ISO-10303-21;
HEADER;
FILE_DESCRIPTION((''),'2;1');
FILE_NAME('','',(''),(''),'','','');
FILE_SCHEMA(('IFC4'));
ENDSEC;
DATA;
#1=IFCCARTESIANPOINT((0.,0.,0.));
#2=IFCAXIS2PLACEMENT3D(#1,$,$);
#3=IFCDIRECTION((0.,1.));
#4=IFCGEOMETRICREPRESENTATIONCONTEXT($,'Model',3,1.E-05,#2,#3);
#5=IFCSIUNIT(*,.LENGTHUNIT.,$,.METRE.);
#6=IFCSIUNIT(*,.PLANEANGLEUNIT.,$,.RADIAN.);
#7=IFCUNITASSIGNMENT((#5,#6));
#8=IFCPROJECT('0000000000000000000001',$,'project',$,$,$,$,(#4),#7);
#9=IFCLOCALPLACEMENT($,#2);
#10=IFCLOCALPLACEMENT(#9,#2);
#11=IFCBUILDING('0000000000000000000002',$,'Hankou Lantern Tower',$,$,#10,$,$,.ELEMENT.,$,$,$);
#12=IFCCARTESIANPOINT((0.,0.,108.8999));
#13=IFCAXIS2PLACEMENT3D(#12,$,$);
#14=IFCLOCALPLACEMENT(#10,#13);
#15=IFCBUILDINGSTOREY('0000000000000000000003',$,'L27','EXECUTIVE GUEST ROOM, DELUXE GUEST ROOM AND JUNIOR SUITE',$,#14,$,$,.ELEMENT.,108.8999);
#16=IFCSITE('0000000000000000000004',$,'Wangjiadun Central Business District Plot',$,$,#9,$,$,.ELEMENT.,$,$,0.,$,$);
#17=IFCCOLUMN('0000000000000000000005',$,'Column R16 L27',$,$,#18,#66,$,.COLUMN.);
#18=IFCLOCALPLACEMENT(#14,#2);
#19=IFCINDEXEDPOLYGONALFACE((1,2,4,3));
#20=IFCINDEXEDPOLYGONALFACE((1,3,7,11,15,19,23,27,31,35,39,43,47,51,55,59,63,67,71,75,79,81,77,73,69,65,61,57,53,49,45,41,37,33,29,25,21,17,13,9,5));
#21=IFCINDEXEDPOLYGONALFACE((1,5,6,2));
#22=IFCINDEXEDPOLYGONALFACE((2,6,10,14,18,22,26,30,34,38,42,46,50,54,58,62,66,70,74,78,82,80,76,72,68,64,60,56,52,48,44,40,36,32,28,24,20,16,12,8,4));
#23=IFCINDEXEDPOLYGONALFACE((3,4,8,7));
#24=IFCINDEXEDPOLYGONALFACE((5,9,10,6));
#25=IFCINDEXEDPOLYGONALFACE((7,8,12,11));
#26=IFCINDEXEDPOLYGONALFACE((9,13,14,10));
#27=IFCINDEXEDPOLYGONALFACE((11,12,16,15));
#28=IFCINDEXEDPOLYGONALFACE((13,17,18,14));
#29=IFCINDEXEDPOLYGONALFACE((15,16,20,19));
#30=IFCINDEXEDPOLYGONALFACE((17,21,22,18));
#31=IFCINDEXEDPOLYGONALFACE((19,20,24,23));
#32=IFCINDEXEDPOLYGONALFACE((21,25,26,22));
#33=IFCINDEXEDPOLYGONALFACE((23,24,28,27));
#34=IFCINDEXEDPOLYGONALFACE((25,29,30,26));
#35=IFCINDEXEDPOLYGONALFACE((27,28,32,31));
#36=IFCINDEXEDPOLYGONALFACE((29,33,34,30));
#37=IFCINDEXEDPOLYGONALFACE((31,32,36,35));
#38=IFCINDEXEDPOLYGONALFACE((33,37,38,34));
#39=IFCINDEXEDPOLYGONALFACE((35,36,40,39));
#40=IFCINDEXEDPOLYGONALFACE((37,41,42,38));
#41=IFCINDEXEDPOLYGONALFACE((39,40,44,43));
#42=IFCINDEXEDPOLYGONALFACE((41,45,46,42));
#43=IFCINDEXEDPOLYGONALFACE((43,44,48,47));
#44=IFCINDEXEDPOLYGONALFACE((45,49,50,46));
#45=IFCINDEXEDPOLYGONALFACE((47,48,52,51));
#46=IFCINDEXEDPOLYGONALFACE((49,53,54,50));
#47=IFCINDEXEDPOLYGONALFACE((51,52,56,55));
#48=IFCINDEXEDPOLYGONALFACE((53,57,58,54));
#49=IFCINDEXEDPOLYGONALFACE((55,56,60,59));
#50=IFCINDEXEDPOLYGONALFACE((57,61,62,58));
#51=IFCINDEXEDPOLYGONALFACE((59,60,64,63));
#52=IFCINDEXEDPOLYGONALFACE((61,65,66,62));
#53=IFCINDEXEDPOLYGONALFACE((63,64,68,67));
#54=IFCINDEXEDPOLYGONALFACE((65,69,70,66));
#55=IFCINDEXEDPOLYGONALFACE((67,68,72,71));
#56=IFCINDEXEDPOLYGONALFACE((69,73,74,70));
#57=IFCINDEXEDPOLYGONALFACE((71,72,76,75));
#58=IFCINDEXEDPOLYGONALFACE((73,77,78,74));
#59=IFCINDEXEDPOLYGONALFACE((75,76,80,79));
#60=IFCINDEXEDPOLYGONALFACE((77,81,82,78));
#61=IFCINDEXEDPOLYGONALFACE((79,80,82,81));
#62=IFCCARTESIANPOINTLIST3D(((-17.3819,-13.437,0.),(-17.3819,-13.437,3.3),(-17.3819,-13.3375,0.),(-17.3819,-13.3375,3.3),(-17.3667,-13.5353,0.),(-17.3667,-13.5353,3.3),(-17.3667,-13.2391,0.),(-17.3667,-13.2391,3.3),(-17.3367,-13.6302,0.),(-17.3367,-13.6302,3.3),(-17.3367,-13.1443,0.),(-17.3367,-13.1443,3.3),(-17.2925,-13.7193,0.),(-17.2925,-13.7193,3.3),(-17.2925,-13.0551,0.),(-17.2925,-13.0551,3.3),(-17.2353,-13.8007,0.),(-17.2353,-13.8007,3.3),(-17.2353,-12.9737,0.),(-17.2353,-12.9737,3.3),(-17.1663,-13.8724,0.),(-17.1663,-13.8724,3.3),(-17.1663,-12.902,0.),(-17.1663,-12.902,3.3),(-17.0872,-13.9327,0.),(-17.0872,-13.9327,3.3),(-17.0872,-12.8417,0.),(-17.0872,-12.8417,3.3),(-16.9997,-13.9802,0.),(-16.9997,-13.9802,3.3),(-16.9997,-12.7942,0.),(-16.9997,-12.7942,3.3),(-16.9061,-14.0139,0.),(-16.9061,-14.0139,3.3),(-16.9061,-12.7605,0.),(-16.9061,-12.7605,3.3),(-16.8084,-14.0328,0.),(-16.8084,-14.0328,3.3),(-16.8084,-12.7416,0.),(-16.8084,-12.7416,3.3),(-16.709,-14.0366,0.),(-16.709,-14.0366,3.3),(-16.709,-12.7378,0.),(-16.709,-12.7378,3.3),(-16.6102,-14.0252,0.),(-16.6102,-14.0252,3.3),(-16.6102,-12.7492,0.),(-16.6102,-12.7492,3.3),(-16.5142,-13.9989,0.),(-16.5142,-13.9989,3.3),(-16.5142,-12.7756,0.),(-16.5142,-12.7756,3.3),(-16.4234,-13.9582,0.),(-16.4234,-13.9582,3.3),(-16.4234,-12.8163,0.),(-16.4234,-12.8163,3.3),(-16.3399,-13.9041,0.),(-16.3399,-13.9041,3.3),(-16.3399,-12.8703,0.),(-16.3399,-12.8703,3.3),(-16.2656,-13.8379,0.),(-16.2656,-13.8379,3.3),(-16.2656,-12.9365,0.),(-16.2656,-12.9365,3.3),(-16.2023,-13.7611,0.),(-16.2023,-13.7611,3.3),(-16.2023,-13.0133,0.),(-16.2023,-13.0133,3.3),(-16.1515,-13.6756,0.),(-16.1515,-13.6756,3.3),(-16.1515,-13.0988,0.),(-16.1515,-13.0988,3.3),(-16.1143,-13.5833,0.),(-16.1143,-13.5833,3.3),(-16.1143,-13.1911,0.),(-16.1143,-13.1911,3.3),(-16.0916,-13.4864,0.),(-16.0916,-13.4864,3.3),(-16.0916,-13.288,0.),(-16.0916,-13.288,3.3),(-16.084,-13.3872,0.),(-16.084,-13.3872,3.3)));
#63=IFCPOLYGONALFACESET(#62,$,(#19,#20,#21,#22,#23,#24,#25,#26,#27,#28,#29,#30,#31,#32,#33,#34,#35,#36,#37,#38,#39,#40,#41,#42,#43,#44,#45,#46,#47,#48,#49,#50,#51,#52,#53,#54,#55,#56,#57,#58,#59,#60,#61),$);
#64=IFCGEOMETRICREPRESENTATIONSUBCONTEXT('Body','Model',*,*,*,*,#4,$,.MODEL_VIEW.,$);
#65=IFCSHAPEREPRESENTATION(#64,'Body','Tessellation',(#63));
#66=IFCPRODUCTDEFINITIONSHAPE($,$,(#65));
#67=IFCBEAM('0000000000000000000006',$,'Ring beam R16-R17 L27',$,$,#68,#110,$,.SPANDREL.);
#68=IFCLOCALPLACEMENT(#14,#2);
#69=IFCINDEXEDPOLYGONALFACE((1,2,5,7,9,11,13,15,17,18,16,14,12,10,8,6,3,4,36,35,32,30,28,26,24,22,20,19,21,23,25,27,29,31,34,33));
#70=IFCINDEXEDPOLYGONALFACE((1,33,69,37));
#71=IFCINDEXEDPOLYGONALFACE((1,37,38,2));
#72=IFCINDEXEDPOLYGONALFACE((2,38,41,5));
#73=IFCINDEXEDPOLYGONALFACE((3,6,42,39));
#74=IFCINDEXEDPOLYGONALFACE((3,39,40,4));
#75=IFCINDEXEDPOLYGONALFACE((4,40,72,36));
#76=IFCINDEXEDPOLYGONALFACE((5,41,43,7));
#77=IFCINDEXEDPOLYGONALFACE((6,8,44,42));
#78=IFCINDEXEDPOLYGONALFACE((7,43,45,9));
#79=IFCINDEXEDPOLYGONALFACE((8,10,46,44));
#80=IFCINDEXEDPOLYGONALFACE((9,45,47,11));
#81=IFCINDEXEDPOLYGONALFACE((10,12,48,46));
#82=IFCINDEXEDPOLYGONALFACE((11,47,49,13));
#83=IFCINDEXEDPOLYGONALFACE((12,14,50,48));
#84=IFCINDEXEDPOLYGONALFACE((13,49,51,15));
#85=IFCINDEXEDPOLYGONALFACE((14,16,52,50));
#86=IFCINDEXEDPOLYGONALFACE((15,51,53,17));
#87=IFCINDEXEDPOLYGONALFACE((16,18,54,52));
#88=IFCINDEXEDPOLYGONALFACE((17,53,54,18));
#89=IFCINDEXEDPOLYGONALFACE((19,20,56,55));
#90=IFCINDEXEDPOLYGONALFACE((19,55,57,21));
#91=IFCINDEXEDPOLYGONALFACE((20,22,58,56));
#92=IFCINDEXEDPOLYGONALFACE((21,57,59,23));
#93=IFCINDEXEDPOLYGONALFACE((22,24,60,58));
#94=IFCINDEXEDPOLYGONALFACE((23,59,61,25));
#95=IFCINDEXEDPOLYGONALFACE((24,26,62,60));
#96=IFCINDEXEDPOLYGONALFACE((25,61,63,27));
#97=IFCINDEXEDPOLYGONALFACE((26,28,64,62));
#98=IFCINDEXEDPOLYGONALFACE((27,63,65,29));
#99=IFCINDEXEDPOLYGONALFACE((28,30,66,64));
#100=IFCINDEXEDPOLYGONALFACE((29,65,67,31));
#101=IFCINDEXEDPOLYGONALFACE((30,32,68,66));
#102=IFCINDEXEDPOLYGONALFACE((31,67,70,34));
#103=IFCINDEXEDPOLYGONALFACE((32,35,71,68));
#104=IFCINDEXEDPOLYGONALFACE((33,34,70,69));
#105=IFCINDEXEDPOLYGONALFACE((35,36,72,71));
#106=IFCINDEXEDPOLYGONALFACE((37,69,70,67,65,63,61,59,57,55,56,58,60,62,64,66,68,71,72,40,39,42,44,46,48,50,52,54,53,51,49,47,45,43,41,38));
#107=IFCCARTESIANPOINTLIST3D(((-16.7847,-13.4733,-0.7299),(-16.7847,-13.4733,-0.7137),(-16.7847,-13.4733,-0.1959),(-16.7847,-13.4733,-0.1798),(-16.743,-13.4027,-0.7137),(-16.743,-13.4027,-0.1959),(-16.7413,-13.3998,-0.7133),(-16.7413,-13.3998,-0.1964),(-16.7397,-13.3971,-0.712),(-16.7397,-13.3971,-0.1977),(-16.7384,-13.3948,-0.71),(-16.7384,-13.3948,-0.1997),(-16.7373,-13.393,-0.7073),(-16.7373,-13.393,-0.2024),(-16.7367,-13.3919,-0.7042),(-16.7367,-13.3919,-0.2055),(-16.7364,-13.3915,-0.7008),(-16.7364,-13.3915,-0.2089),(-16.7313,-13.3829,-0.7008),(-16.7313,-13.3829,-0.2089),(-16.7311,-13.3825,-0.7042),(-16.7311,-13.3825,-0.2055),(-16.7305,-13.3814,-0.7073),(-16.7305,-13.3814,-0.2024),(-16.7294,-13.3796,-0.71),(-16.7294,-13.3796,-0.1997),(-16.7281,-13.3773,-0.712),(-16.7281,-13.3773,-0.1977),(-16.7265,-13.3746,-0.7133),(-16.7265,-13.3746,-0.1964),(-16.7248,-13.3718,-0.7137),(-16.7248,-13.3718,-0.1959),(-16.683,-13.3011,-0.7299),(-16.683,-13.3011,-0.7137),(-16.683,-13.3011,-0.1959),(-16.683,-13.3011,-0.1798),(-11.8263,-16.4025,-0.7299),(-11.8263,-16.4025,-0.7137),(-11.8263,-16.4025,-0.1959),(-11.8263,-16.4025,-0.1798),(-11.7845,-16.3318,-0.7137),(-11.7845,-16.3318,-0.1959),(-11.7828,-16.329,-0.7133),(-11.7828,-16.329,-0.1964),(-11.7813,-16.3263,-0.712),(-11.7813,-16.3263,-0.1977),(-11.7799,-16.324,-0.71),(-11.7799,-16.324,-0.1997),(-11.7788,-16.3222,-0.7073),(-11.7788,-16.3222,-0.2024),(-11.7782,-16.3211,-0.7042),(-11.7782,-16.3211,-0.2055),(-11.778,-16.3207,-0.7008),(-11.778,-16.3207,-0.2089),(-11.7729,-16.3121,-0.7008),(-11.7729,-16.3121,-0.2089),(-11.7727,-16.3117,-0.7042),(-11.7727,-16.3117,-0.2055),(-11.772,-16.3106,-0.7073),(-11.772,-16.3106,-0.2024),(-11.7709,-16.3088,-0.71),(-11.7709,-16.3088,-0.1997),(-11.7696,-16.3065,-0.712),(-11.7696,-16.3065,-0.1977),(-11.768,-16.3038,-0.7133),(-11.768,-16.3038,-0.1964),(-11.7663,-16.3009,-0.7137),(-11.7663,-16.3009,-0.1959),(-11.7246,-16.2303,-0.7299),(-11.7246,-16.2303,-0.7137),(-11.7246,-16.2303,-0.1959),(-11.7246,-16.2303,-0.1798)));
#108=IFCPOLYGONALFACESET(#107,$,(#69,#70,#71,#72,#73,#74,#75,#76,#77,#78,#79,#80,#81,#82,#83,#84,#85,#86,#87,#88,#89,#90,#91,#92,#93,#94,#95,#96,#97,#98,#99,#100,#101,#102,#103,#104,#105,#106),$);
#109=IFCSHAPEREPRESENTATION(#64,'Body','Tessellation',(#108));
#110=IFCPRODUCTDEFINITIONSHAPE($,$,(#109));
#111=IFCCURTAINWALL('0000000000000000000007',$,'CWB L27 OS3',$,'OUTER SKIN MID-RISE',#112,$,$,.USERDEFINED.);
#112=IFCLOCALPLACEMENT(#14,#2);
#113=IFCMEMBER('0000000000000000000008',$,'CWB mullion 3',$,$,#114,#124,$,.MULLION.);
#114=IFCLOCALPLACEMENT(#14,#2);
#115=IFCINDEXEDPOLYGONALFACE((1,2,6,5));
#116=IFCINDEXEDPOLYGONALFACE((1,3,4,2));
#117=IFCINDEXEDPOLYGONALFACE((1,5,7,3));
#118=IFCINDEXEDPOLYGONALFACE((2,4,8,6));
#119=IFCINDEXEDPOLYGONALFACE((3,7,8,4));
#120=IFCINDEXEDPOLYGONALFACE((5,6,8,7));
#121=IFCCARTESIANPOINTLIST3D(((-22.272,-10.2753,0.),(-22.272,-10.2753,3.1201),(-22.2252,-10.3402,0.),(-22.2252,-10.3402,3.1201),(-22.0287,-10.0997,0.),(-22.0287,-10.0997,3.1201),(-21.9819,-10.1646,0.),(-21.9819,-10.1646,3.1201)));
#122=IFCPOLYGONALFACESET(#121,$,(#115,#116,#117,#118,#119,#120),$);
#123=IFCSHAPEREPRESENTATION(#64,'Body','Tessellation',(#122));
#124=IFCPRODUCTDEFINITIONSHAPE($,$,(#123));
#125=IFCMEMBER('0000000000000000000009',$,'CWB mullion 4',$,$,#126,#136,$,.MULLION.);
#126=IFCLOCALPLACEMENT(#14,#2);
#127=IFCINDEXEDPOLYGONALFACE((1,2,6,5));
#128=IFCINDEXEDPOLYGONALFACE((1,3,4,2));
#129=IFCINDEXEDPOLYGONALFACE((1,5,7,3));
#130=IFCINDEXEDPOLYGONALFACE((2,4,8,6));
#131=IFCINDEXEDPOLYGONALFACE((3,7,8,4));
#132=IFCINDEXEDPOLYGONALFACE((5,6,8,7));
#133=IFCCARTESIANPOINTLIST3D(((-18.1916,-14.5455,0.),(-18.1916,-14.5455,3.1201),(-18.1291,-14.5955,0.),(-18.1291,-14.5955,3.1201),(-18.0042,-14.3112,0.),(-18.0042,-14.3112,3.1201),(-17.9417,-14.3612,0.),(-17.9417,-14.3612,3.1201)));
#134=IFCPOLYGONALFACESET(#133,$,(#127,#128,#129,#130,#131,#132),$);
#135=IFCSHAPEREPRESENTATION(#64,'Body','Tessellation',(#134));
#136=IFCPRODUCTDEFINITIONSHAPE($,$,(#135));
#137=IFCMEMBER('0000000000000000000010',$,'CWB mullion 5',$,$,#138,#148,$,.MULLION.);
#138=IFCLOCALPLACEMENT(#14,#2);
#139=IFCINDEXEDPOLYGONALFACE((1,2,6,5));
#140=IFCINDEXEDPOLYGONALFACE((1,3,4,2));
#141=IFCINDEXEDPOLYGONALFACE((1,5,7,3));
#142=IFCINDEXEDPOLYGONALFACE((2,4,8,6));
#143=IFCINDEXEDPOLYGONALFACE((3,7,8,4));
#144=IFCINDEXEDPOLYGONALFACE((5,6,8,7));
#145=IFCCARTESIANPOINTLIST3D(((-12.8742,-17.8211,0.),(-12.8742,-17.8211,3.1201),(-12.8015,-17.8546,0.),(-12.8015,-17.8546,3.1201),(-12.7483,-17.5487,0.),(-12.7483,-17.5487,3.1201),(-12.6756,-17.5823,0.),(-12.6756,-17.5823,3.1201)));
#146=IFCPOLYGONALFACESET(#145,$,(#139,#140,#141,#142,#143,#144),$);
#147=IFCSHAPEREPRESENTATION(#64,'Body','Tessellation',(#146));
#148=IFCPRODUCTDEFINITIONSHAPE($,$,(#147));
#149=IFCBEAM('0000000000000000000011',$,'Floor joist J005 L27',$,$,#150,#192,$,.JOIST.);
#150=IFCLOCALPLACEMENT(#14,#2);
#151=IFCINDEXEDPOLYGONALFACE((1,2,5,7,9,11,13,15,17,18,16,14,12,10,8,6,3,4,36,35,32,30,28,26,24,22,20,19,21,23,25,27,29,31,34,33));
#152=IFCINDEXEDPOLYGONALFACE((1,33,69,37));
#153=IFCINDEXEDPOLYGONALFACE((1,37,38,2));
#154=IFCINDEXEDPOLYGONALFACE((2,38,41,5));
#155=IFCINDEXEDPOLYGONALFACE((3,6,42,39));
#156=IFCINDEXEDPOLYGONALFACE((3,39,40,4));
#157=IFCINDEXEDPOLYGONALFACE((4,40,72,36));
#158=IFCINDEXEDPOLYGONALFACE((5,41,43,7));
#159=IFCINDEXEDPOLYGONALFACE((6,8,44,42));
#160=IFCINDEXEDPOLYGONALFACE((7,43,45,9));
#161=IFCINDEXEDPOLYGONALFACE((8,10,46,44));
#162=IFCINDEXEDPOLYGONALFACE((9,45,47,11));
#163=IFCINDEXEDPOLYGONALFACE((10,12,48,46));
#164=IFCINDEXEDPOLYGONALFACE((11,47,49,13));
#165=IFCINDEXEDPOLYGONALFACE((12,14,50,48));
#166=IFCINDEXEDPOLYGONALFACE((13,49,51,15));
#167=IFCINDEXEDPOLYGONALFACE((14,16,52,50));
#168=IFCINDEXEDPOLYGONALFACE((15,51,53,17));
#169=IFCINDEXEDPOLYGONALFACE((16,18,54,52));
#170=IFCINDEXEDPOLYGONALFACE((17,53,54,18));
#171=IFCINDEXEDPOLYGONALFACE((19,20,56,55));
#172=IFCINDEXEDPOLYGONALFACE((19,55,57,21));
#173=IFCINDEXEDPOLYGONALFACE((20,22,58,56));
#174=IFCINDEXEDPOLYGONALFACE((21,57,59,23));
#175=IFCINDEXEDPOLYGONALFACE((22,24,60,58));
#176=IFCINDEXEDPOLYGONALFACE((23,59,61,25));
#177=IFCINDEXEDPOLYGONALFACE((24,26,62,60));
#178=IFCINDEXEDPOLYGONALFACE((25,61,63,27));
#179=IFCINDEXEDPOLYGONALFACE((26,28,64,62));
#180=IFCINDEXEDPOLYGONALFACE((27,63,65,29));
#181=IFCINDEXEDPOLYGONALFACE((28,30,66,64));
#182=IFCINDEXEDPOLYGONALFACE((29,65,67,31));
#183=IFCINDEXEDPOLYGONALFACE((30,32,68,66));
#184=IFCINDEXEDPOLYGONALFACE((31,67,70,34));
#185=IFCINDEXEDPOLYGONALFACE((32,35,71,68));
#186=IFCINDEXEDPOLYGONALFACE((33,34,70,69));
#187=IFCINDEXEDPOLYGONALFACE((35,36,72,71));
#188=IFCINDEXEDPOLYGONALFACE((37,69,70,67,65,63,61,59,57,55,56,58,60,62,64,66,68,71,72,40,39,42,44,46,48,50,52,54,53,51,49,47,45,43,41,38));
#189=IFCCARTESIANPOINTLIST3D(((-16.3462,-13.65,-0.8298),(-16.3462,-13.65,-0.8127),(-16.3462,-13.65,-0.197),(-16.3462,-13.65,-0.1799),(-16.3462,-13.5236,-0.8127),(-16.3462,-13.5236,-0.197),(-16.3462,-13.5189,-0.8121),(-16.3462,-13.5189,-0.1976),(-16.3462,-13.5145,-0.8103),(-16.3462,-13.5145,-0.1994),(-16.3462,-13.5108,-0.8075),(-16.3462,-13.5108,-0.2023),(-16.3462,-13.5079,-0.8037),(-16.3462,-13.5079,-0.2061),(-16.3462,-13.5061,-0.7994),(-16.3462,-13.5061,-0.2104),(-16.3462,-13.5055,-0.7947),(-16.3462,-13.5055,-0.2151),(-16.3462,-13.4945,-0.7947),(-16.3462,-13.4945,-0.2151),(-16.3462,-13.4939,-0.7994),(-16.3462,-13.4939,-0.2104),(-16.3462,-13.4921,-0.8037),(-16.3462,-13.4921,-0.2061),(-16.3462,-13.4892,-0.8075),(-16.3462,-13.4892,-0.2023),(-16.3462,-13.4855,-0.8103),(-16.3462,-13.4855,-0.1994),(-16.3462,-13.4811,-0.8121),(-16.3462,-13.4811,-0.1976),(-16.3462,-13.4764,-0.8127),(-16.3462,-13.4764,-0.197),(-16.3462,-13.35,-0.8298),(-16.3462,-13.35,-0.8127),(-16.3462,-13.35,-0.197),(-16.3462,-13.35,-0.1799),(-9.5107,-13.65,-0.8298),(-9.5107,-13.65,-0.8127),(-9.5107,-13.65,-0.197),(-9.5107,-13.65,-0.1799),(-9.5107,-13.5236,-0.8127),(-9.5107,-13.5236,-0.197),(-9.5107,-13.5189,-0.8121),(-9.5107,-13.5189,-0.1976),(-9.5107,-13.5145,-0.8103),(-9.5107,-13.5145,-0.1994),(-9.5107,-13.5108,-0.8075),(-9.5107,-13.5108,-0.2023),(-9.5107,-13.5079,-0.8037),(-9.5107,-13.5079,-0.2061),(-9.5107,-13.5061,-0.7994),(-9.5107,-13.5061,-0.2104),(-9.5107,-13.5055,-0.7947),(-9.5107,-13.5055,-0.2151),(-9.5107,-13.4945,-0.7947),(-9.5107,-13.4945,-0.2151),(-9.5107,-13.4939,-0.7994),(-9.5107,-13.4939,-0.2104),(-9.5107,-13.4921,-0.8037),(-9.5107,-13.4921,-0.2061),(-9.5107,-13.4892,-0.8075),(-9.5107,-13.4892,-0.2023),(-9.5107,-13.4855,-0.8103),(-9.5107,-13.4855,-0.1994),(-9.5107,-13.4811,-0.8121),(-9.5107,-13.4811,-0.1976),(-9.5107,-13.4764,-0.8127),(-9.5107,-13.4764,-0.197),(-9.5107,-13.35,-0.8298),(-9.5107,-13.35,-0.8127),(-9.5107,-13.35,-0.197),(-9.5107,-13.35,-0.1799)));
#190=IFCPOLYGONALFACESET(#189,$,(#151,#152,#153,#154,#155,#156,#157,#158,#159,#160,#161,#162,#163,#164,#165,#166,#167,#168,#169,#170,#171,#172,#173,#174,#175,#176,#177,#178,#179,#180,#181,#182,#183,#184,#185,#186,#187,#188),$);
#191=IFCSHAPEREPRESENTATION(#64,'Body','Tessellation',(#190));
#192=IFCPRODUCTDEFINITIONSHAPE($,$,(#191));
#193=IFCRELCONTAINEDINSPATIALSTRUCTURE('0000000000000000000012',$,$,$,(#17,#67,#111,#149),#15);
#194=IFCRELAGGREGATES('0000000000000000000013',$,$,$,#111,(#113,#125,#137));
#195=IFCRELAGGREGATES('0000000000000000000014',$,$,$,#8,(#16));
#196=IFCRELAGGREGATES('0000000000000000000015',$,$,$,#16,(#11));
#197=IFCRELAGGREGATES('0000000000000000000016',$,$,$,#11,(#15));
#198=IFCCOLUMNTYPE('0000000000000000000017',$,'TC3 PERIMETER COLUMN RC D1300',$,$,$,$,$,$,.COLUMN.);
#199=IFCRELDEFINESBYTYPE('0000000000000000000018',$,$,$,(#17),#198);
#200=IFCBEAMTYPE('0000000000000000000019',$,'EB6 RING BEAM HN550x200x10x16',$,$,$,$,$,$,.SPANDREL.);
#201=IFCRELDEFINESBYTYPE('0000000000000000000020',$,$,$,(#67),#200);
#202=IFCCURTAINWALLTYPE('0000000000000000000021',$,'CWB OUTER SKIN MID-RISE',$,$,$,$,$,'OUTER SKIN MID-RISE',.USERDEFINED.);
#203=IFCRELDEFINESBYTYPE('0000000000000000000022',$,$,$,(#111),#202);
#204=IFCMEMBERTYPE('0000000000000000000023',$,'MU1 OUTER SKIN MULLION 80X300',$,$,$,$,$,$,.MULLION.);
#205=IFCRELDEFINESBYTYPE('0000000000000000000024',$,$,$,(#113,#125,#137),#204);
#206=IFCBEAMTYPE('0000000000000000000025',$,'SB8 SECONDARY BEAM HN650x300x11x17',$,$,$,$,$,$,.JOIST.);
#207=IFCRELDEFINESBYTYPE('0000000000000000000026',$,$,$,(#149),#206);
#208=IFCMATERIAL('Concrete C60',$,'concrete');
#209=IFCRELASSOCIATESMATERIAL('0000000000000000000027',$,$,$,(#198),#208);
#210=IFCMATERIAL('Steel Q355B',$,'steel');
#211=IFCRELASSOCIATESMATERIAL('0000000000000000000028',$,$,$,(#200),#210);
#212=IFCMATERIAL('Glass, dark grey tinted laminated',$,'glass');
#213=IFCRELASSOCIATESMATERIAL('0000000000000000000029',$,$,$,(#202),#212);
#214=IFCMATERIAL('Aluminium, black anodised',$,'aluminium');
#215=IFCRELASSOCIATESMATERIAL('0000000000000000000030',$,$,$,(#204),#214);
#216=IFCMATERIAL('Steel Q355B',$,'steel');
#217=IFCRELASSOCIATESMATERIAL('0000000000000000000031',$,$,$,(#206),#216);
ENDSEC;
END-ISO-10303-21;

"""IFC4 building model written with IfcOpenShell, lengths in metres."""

from ifc_helpers import new_model, si_unit, direction, frame, origin, origin_2d, place, context, subcontext, project, spatial, rectangle, circle, i_section, extrude, material, material_profile, profile_set, type_object, element, aggregate, save


model = new_model("IFC4")

# Units and contexts
model_context = context("Model", 3, precision=1e-05, world=origin(), true_north=direction((0.0, 1.0)))
body_context = subcontext(model_context, "Body", "Model", "MODEL_VIEW")
ifc_project = project(units=[si_unit("LENGTHUNIT", "METRE"), si_unit("PLANEANGLEUNIT", "RADIAN")], contexts=[model_context])

# Site, building, storey
site_placement = place(None, origin())
site = spatial("IfcSite", under=ifc_project, at=site_placement, Name="Wangjiadun Central Business District Plot", CompositionType="ELEMENT", RefElevation=0.0)
building_placement = place(site_placement, origin())
building = spatial("IfcBuilding", under=site, at=building_placement, Name="Hankou Lantern Tower", CompositionType="ELEMENT")
storey_placement = place(building_placement, frame((0.0, 0.0, 108.8999)))
storey = spatial("IfcBuildingStorey", under=building, at=storey_placement, Name="L27", Description="EXECUTIVE GUEST ROOM, DELUXE GUEST ROOM AND JUNIOR SUITE", CompositionType="ELEMENT", Elevation=108.8999)

# Column
ifc_material_1 = material(Name="Concrete C60", Category="concrete")
ifc_material_profile_1 = material_profile(ifc_material_1, circle(Radius=0.6499, at=origin_2d()), Name="RC D1300")
ifc_profile_set_1 = profile_set([ifc_material_profile_1], Name="Concrete C60")
column_type = type_object("IfcColumnType", Name="TC3 PERIMETER COLUMN RC D1300", PredefinedType="COLUMN", material=ifc_profile_set_1)
column_placement = place(storey_placement, frame((-16.7339, -13.3872, 0.0), z_axis=(0.0, 0.0, 1.0), x_axis=(1.0, 0.0, 0.0)))
element("IfcColumn", 1, at=column_placement, inside=storey, type_object=column_type, Name="Column R16 L27", PredefinedType="COLUMN", context=body_context, shape_type="SweptSolid", body=[
    extrude(circle(Radius=0.6499, at=origin_2d()), origin(), (0.0, 0.0, 1.0), 3.3),
])

# Beam
ifc_material_2 = material(Name="Steel Q355B", Category="steel")
ifc_material_profile_2 = material_profile(ifc_material_2, i_section(OverallWidth=0.2, OverallDepth=0.55, WebThickness=0.01, FlangeThickness=0.0161, FilletRadius=0.0129, at=origin_2d()), Name="HN550x200x10x16")
ifc_profile_set_2 = profile_set([ifc_material_profile_2], Name="Steel Q355B")
beam_type_1 = type_object("IfcBeamType", Name="EB6 RING BEAM HN550x200x10x16", PredefinedType="SPANDREL", material=ifc_profile_set_2)
beam_1_placement = place(storey_placement, frame((-16.7339, -13.3872, -0.4548), z_axis=(0.860989, -0.508624, 0.0), x_axis=(0.508624, 0.860989, 0.0)))
element("IfcBeam", 2, at=beam_1_placement, inside=storey, type_object=beam_type_1, Name="Ring beam R16-R17 L27", PredefinedType="SPANDREL", context=body_context, shape_type="SweptSolid", body=[
    extrude(i_section(OverallWidth=0.2, OverallDepth=0.55, WebThickness=0.01, FlangeThickness=0.0161, FilletRadius=0.0129, at=origin_2d()), origin(), (0.0, 0.0, 1.0), 5.759),
])

# Curtain wall, members
ifc_material_3 = material(Name="Glass, dark grey tinted laminated", Category="glass")
curtain_wall_type = type_object("IfcCurtainWallType", Name="CWB OUTER SKIN MID-RISE", ElementType="OUTER SKIN MID-RISE", PredefinedType="USERDEFINED", material=ifc_material_3)
curtain_wall_placement = place(storey_placement, origin())
curtain_wall = element("IfcCurtainWall", 3, at=curtain_wall_placement, inside=storey, type_object=curtain_wall_type, Name="CWB L27 OS3", ObjectType="OUTER SKIN MID-RISE", PredefinedType="USERDEFINED")
ifc_material_4 = material(Name="Aluminium, black anodised", Category="aluminium")
ifc_material_profile_3 = material_profile(ifc_material_4, rectangle(XDim=0.0801, YDim=0.3, at=origin_2d()), Name="MU1 80X300")
ifc_profile_set_3 = profile_set([ifc_material_profile_3], Name="Aluminium, black anodised")
member_type_1 = type_object("IfcMemberType", Name="MU1 OUTER SKIN MULLION 80X300", PredefinedType="MULLION", material=ifc_profile_set_3)
member_1_placement = place(storey_placement, frame((-22.127, -10.22, 0.0), z_axis=(0.0, 0.0, 1.0), x_axis=(0.585206, -0.810885, 0.0)))
member_1 = element("IfcMember", 4, at=member_1_placement, type_object=member_type_1, Name="CWB mullion 3", PredefinedType="MULLION", context=body_context, shape_type="SweptSolid", body=[
    extrude(rectangle(XDim=0.0801, YDim=0.3, at=origin_2d()), origin(), (0.0, 0.0, 1.0), 3.1201),
])
member_2_placement = place(storey_placement, frame((-18.0667, -14.4534, 0.0), z_axis=(0.0, 0.0, 1.0), x_axis=(0.780869, -0.624695, 0.0)))
member_2 = element("IfcMember", 5, at=member_2_placement, type_object=member_type_1, Name="CWB mullion 4", PredefinedType="MULLION", context=body_context, shape_type="SweptSolid", body=[
    extrude(rectangle(XDim=0.0801, YDim=0.3, at=origin_2d()), origin(), (0.0, 0.0, 1.0), 3.1201),
])
member_3_placement = place(storey_placement, frame((-12.7749, -17.7017, 0.0), z_axis=(0.0, 0.0, 1.0), x_axis=(0.907841, -0.419314, 0.0)))
member_3 = element("IfcMember", 6, at=member_3_placement, type_object=member_type_1, Name="CWB mullion 5", PredefinedType="MULLION", context=body_context, shape_type="SweptSolid", body=[
    extrude(rectangle(XDim=0.0801, YDim=0.3, at=origin_2d()), origin(), (0.0, 0.0, 1.0), 3.1201),
])

# Beam
ifc_material_5 = material(Name="Steel Q355B", Category="steel")
ifc_material_profile_4 = material_profile(ifc_material_5, i_section(OverallWidth=0.3, OverallDepth=0.6499, WebThickness=0.011, FlangeThickness=0.0171, FilletRadius=0.0181, at=origin_2d()), Name="HN650x300x11x17")
ifc_profile_set_4 = profile_set([ifc_material_profile_4], Name="Steel Q355B")
beam_type_2 = type_object("IfcBeamType", Name="SB8 SECONDARY BEAM HN650x300x11x17", PredefinedType="JOIST", material=ifc_profile_set_4)
beam_2_placement = place(storey_placement, frame((-16.3462, -13.5, -0.5049), z_axis=(1.0, 0.0, 0.0), x_axis=(0.0, 1.0, 0.0)))
element("IfcBeam", 7, at=beam_2_placement, inside=storey, type_object=beam_type_2, Name="Floor joist J005 L27", PredefinedType="JOIST", context=body_context, shape_type="SweptSolid", body=[
    extrude(i_section(OverallWidth=0.3, OverallDepth=0.6499, WebThickness=0.011, FlangeThickness=0.0171, FilletRadius=0.0181, at=origin_2d()), origin(), (0.0, 0.0, 1.0), 6.8354),
])

aggregate(curtain_wall, [member_1, member_2, member_3])

save(model, "model.ifc")
